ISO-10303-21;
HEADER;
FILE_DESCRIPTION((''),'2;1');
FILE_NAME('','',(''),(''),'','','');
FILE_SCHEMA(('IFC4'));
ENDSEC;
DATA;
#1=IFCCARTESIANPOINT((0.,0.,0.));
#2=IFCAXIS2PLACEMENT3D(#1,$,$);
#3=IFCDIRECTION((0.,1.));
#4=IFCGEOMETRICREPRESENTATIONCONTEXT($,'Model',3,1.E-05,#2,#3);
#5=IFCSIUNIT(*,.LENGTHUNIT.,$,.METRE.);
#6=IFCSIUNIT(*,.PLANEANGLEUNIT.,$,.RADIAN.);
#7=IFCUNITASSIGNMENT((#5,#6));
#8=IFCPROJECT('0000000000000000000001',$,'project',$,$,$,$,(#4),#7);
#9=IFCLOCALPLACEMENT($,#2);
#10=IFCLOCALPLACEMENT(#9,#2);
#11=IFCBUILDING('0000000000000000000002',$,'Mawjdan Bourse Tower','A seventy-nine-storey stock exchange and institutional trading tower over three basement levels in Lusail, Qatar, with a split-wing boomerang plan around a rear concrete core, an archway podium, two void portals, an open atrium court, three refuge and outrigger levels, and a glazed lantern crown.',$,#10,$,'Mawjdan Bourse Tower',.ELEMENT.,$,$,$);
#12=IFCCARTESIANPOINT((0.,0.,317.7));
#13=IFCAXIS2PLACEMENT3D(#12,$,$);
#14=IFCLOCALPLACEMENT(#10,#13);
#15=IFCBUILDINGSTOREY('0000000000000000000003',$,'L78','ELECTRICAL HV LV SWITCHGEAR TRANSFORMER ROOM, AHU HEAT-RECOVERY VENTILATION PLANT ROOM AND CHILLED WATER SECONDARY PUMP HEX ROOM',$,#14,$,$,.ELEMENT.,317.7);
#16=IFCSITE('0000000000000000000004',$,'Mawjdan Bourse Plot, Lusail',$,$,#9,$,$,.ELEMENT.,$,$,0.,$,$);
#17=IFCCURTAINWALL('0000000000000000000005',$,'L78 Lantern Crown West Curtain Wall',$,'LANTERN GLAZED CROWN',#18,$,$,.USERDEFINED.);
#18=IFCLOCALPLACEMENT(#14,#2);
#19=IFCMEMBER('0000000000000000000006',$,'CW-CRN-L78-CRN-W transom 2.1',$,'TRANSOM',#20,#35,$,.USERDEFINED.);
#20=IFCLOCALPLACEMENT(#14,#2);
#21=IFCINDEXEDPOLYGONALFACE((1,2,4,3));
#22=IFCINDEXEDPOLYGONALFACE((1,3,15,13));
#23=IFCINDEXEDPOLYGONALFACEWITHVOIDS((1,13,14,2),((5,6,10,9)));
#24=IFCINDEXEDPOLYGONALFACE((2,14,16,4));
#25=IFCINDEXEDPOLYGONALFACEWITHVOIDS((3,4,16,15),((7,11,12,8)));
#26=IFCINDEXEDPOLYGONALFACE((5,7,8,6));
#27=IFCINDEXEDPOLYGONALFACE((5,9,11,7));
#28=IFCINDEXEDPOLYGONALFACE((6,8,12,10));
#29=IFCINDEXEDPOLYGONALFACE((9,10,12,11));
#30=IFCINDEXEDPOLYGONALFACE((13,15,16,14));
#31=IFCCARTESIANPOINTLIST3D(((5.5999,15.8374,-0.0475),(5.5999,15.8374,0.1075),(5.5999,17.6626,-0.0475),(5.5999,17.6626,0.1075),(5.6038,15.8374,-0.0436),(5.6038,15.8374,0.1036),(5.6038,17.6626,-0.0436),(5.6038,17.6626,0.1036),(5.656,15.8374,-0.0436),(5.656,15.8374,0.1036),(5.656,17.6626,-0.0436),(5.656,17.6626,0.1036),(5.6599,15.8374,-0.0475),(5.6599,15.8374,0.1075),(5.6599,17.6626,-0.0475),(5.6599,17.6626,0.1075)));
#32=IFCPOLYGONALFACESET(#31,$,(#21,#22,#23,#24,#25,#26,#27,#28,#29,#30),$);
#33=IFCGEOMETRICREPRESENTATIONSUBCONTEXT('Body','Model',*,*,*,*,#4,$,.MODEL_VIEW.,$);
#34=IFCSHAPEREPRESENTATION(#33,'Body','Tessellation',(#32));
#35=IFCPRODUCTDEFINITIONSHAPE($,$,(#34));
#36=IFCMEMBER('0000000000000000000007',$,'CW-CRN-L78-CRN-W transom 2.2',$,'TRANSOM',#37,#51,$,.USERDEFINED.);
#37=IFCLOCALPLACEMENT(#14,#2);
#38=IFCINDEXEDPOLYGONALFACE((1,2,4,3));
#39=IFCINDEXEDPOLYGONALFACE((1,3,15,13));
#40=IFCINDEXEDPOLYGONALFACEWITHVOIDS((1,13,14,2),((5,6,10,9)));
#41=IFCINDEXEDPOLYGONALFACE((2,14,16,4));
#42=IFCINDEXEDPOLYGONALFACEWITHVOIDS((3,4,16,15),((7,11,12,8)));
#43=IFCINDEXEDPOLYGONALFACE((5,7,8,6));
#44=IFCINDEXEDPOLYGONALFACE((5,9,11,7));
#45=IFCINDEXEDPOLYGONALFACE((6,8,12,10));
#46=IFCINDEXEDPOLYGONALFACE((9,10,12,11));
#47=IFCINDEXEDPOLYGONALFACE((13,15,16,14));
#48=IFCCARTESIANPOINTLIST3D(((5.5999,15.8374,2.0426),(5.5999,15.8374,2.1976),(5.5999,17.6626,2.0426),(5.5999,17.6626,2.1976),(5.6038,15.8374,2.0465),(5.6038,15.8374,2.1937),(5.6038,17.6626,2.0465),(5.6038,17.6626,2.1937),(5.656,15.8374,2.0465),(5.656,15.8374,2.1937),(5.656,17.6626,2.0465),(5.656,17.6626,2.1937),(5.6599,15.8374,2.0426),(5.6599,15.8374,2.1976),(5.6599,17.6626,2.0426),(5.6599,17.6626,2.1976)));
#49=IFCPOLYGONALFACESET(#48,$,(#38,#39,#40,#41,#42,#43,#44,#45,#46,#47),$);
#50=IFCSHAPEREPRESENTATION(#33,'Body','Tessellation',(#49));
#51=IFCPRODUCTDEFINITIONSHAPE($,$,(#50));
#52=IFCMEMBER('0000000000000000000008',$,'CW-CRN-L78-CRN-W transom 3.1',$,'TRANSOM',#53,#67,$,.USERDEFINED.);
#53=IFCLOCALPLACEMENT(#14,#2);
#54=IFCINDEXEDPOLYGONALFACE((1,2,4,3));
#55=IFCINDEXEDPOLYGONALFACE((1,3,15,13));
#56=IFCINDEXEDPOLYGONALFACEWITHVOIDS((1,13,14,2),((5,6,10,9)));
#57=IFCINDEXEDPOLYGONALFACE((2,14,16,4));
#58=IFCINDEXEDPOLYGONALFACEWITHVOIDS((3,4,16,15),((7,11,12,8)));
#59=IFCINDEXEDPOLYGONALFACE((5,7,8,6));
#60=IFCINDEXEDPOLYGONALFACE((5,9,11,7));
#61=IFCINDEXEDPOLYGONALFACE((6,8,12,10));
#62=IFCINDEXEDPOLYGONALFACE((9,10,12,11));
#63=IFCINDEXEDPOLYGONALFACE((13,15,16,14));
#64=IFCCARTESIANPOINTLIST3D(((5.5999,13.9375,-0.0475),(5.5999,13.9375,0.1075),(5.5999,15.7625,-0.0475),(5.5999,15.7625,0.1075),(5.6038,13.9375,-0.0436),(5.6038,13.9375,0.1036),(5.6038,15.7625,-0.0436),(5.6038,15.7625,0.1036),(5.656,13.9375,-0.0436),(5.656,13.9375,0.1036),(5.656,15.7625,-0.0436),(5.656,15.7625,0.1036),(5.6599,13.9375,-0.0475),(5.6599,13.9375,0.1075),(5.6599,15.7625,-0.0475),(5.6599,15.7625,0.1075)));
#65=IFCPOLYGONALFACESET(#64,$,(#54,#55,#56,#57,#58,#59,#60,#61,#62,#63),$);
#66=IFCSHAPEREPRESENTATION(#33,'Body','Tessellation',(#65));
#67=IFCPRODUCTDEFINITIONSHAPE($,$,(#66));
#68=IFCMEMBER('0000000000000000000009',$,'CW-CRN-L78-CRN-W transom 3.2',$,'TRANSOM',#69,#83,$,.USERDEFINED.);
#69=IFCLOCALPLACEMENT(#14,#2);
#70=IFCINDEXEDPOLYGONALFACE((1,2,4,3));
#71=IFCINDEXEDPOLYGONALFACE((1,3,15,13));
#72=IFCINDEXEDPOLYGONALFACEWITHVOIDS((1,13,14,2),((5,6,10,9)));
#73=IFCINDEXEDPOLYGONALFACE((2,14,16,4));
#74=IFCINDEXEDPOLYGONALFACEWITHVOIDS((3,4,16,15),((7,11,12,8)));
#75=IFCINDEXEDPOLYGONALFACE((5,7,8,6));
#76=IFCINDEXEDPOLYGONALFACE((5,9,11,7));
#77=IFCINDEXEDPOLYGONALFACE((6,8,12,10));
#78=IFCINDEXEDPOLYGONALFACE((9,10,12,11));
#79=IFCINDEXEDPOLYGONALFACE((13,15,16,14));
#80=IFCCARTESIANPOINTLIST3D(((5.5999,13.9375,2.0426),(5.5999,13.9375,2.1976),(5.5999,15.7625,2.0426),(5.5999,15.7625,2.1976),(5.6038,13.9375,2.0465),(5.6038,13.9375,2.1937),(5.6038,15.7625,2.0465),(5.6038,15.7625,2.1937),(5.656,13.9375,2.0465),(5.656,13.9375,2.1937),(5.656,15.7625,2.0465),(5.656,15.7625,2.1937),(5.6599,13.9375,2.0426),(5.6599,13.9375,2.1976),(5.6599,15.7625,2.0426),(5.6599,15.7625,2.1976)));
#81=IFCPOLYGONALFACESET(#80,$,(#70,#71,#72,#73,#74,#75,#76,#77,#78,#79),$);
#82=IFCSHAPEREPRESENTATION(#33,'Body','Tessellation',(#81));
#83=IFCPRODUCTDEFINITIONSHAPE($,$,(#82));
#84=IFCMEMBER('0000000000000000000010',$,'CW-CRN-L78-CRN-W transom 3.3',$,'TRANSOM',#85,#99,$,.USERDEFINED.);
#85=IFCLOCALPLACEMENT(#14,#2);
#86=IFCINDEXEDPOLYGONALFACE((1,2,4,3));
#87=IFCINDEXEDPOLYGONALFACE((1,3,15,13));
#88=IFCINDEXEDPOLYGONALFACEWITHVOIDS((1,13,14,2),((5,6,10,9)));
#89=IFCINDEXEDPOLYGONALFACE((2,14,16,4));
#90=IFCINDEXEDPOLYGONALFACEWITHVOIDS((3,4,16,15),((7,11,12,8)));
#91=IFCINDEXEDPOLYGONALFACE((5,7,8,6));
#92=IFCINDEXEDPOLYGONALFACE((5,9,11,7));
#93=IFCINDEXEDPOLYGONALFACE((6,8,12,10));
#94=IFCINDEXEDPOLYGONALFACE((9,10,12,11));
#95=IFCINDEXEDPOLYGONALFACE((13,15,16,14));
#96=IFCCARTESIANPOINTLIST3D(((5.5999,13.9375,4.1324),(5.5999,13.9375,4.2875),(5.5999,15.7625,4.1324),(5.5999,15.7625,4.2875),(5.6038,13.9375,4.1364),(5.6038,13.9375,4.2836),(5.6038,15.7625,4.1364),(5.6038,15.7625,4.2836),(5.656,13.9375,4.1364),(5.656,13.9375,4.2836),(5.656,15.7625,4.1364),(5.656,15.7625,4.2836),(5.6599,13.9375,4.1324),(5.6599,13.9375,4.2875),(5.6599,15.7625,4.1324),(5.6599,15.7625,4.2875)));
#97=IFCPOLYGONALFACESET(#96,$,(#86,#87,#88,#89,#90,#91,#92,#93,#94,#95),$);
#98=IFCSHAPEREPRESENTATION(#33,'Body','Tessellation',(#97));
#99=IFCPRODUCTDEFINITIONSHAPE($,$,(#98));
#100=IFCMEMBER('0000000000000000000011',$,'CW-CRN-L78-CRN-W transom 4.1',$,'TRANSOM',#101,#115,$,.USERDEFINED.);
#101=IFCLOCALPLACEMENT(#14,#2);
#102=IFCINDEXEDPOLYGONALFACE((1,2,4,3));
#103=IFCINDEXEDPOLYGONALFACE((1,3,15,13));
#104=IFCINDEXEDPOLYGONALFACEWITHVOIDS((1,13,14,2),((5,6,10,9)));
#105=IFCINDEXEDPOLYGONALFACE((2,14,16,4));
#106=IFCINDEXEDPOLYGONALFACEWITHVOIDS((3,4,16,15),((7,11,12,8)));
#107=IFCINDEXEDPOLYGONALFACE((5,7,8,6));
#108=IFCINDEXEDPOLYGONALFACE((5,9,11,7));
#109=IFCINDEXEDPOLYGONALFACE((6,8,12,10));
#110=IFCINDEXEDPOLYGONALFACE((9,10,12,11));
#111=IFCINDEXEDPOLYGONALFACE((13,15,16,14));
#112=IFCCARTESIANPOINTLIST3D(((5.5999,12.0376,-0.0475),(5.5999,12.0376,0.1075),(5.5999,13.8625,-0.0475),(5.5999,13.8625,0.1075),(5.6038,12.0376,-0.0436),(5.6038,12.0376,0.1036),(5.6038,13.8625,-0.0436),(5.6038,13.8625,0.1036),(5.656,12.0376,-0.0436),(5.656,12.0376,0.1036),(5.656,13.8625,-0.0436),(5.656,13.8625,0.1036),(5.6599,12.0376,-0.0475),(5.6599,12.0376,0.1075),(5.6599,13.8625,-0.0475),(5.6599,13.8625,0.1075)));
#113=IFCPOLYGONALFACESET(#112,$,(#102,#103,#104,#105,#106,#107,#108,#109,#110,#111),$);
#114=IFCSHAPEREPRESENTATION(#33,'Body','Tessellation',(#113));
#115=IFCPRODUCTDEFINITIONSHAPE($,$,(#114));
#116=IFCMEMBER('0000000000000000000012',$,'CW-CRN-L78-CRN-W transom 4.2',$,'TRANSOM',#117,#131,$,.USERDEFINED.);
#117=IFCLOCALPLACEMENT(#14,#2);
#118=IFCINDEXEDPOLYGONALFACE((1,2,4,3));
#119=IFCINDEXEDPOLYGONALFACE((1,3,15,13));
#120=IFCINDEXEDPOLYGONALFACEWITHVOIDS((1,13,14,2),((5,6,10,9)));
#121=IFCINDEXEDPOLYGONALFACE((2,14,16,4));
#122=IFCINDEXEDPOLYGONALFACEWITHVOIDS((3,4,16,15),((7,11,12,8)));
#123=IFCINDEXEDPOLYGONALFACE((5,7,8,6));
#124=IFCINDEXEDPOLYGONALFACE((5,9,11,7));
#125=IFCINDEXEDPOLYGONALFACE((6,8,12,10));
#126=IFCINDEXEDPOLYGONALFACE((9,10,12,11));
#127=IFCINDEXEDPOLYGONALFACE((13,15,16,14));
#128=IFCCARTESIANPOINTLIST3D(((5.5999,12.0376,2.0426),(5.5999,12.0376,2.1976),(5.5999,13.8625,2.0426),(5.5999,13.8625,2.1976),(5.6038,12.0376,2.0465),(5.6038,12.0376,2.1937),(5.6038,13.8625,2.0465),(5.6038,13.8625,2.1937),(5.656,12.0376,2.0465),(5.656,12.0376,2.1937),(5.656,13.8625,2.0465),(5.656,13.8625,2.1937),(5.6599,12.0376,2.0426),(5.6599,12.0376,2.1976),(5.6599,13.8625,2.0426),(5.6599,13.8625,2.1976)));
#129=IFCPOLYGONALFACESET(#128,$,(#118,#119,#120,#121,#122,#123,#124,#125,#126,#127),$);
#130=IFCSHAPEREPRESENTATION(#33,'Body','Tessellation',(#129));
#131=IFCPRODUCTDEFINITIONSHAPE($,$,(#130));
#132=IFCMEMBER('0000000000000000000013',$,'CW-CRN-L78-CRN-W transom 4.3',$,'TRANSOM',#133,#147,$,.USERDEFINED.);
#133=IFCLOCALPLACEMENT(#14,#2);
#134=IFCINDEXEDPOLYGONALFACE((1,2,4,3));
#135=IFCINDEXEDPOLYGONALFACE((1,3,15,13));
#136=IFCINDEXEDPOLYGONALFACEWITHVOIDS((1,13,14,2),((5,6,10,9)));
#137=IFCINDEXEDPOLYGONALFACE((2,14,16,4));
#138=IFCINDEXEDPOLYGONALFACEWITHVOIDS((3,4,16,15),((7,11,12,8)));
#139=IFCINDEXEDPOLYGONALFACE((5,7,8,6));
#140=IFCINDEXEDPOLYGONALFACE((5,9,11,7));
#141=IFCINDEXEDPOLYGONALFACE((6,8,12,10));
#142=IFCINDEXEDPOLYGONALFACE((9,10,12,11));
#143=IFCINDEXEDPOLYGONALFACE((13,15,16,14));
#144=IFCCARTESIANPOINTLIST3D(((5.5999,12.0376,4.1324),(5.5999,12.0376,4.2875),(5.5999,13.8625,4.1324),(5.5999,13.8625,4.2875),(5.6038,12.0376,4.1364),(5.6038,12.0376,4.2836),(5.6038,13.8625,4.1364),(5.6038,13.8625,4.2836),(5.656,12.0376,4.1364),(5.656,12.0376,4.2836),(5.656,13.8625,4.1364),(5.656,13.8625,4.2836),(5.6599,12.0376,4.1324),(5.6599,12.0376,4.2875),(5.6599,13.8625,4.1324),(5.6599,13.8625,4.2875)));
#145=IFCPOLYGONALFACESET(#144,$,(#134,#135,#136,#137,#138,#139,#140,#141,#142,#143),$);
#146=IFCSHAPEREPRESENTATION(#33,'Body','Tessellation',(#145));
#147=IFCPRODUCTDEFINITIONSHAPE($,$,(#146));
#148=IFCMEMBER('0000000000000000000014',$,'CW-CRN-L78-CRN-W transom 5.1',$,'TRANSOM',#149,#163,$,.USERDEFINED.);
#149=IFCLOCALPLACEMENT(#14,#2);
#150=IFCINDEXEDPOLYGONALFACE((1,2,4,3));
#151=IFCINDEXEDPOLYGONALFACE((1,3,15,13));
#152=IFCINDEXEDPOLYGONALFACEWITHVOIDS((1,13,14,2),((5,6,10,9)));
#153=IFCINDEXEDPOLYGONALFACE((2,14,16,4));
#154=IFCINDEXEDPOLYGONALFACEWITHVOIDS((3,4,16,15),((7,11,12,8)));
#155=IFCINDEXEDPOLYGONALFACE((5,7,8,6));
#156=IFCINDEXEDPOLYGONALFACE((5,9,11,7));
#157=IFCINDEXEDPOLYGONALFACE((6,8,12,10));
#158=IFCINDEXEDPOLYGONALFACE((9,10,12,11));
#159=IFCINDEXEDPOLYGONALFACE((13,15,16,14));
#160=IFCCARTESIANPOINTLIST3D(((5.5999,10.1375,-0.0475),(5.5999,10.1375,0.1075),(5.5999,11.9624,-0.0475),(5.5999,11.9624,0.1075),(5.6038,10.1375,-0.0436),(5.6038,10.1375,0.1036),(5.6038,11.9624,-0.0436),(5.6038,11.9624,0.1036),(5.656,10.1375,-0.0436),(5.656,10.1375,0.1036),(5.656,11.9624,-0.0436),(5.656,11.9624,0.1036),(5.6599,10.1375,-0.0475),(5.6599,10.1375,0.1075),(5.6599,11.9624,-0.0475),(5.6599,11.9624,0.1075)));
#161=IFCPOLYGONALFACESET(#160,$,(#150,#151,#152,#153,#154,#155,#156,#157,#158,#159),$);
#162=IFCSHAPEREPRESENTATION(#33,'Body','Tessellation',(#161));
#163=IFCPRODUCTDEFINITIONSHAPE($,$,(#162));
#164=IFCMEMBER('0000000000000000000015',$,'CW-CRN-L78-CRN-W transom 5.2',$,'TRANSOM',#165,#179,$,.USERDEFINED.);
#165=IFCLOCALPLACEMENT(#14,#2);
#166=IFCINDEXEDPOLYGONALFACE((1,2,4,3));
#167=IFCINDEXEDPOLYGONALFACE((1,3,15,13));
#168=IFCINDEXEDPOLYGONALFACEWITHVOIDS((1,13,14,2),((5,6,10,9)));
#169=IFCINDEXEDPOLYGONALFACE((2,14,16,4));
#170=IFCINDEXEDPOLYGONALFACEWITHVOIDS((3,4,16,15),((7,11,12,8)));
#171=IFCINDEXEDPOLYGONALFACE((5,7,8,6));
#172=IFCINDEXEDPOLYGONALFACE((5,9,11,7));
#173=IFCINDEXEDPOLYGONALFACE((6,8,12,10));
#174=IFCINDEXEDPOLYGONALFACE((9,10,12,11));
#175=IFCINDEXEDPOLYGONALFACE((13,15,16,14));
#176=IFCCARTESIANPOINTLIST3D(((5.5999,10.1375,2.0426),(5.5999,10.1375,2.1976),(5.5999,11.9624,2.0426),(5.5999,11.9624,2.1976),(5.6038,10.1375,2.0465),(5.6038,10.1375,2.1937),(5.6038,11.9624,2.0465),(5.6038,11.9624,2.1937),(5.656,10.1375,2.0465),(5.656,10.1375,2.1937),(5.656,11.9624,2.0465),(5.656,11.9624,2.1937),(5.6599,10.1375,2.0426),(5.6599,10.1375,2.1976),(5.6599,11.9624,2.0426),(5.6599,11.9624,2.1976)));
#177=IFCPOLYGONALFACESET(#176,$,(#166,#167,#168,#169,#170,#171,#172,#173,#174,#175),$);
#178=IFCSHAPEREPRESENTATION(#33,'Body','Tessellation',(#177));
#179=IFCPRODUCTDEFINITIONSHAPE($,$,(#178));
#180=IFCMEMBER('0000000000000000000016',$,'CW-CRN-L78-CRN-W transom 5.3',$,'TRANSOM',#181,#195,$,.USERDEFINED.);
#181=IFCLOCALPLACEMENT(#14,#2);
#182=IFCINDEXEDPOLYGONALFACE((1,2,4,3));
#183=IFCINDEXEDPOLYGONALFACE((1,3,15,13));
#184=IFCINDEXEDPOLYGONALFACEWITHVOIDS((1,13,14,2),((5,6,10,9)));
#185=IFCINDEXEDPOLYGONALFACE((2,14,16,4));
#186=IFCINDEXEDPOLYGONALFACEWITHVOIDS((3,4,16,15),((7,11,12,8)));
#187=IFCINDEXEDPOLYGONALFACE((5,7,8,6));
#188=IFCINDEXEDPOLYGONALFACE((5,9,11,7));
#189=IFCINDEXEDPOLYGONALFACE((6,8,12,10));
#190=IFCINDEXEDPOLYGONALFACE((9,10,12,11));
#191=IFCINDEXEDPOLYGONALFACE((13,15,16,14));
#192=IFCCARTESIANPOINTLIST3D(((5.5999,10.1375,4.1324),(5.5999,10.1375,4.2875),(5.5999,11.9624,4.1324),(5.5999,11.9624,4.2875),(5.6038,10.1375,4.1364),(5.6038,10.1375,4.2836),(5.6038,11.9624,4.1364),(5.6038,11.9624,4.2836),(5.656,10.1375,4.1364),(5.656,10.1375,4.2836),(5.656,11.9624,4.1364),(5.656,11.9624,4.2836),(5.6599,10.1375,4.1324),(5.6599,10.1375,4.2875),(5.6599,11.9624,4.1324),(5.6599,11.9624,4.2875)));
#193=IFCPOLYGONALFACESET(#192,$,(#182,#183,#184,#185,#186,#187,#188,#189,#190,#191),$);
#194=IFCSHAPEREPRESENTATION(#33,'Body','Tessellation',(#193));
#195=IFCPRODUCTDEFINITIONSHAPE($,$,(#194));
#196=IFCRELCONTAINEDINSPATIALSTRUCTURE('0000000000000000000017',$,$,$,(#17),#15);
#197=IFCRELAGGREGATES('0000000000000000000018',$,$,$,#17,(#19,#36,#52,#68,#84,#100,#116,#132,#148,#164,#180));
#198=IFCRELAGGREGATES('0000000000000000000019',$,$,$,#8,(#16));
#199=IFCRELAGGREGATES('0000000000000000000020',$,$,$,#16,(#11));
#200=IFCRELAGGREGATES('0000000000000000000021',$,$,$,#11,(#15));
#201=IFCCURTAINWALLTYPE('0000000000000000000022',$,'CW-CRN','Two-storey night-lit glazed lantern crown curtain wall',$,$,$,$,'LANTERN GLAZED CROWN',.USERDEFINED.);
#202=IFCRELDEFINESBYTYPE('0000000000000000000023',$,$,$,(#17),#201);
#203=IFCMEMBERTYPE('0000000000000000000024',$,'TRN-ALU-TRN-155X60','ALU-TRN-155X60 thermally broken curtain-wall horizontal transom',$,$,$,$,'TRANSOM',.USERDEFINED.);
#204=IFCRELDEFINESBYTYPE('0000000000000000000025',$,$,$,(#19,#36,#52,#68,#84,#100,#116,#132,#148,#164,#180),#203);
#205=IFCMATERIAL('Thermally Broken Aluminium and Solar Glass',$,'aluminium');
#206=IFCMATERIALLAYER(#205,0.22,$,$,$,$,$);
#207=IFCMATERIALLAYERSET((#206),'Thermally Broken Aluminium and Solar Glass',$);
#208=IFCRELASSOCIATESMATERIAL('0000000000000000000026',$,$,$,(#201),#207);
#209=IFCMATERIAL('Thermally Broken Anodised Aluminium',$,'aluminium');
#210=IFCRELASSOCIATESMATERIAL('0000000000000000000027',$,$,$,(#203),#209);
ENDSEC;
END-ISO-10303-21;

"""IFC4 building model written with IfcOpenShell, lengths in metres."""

from ifc_helpers import new_model, si_unit, direction, frame, origin, origin_2d, place, context, subcontext, project, spatial, hollow_rectangle, extrude, material, layer, layer_set, material_profile, profile_set, type_object, element, aggregate, save


model = new_model("IFC4")

# Units and contexts
model_context = context("Model", 3, precision=1e-05, world=origin(), true_north=direction((0.0, 1.0)))
body_context = subcontext(model_context, "Body", "Model", "MODEL_VIEW")
ifc_project = project(units=[si_unit("LENGTHUNIT", "METRE"), si_unit("PLANEANGLEUNIT", "RADIAN")], contexts=[model_context])

# Site, building, storey
site_placement = place(None, origin())
site = spatial("IfcSite", under=ifc_project, at=site_placement, Name="Mawjdan Bourse Plot, Lusail", CompositionType="ELEMENT", RefElevation=0.0)
building_placement = place(site_placement, origin())
building = spatial("IfcBuilding", under=site, at=building_placement, Name="Mawjdan Bourse Tower", Description="A seventy-nine-storey stock exchange and institutional trading tower over three basement levels in Lusail, Qatar, with a split-wing boomerang plan around a rear concrete core, an archway podium, two void portals, an open atrium court, three refuge and outrigger levels, and a glazed lantern crown.", LongName="Mawjdan Bourse Tower", CompositionType="ELEMENT")
storey_placement = place(building_placement, frame((0.0, 0.0, 317.7)))
storey = spatial("IfcBuildingStorey", under=building, at=storey_placement, Name="L78", Description="ELECTRICAL HV LV SWITCHGEAR TRANSFORMER ROOM, AHU HEAT-RECOVERY VENTILATION PLANT ROOM AND CHILLED WATER SECONDARY PUMP HEX ROOM", CompositionType="ELEMENT", Elevation=317.7)

# Curtain wall, members
ifc_material_1 = material(Name="Thermally Broken Aluminium and Solar Glass", Category="aluminium")
ifc_layer_1 = layer(ifc_material_1, 0.22)
ifc_layer_set_1 = layer_set([ifc_layer_1], Name="Thermally Broken Aluminium and Solar Glass")
curtain_wall_type = type_object("IfcCurtainWallType", Name="CW-CRN", Description="Two-storey night-lit glazed lantern crown curtain wall", ElementType="LANTERN GLAZED CROWN", PredefinedType="USERDEFINED", material=ifc_layer_set_1)
curtain_wall_placement = place(storey_placement, origin())
curtain_wall = element("IfcCurtainWall", 1, at=curtain_wall_placement, inside=storey, type_object=curtain_wall_type, Name="L78 Lantern Crown West Curtain Wall", ObjectType="LANTERN GLAZED CROWN", PredefinedType="USERDEFINED")
ifc_material_2 = material(Name="Thermally Broken Anodised Aluminium", Category="aluminium")
ifc_material_profile_1 = material_profile(ifc_material_2, hollow_rectangle(XDim=0.0601, YDim=0.155, WallThickness=0.0039, at=origin_2d()), Name="ALU-TRN-155X60")
ifc_profile_set_1 = profile_set([ifc_material_profile_1], Name="Thermally Broken Anodised Aluminium")
member_type_1 = type_object("IfcMemberType", Name="TRN-ALU-TRN-155X60", Description="ALU-TRN-155X60 thermally broken curtain-wall horizontal transom", ElementType="TRANSOM", PredefinedType="USERDEFINED", material=ifc_profile_set_1)
member_1_placement = place(storey_placement, frame((5.6299, 17.6626, 0.03), z_axis=(0.0, -1.0, 0.0), x_axis=(1.0, 0.0, 0.0)))
member_1 = element("IfcMember", 2, at=member_1_placement, type_object=member_type_1, Name="CW-CRN-L78-CRN-W transom 2.1", ObjectType="TRANSOM", PredefinedType="USERDEFINED", context=body_context, shape_type="SweptSolid", body=[
    extrude(hollow_rectangle(XDim=0.0601, YDim=0.155, WallThickness=0.0039, at=origin_2d()), origin(), (0.0, 0.0, 1.0), 1.8252),
])
member_2_placement = place(storey_placement, frame((5.6299, 17.6626, 2.1201), z_axis=(0.0, -1.0, 0.0), x_axis=(1.0, 0.0, 0.0)))
member_2 = element("IfcMember", 3, at=member_2_placement, type_object=member_type_1, Name="CW-CRN-L78-CRN-W transom 2.2", ObjectType="TRANSOM", PredefinedType="USERDEFINED", context=body_context, shape_type="SweptSolid", body=[
    extrude(hollow_rectangle(XDim=0.0601, YDim=0.155, WallThickness=0.0039, at=origin_2d()), origin(), (0.0, 0.0, 1.0), 1.8252),
])
member_3_placement = place(storey_placement, frame((5.6299, 15.7625, 0.03), z_axis=(0.0, -1.0, 0.0), x_axis=(1.0, 0.0, 0.0)))
member_3 = element("IfcMember", 4, at=member_3_placement, type_object=member_type_1, Name="CW-CRN-L78-CRN-W transom 3.1", ObjectType="TRANSOM", PredefinedType="USERDEFINED", context=body_context, shape_type="SweptSolid", body=[
    extrude(hollow_rectangle(XDim=0.0601, YDim=0.155, WallThickness=0.0039, at=origin_2d()), origin(), (0.0, 0.0, 1.0), 1.825),
])
member_4_placement = place(storey_placement, frame((5.6299, 15.7625, 2.1201), z_axis=(0.0, -1.0, 0.0), x_axis=(1.0, 0.0, 0.0)))
member_4 = element("IfcMember", 5, at=member_4_placement, type_object=member_type_1, Name="CW-CRN-L78-CRN-W transom 3.2", ObjectType="TRANSOM", PredefinedType="USERDEFINED", context=body_context, shape_type="SweptSolid", body=[
    extrude(hollow_rectangle(XDim=0.0601, YDim=0.155, WallThickness=0.0039, at=origin_2d()), origin(), (0.0, 0.0, 1.0), 1.825),
])
member_5_placement = place(storey_placement, frame((5.6299, 15.7625, 4.21), z_axis=(0.0, -1.0, 0.0), x_axis=(1.0, 0.0, 0.0)))
member_5 = element("IfcMember", 6, at=member_5_placement, type_object=member_type_1, Name="CW-CRN-L78-CRN-W transom 3.3", ObjectType="TRANSOM", PredefinedType="USERDEFINED", context=body_context, shape_type="SweptSolid", body=[
    extrude(hollow_rectangle(XDim=0.0601, YDim=0.155, WallThickness=0.0039, at=origin_2d()), origin(), (0.0, 0.0, 1.0), 1.825),
])
member_6_placement = place(storey_placement, frame((5.6299, 13.8625, 0.03), z_axis=(0.0, -1.0, 0.0), x_axis=(1.0, 0.0, 0.0)))
member_6 = element("IfcMember", 7, at=member_6_placement, type_object=member_type_1, Name="CW-CRN-L78-CRN-W transom 4.1", ObjectType="TRANSOM", PredefinedType="USERDEFINED", context=body_context, shape_type="SweptSolid", body=[
    extrude(hollow_rectangle(XDim=0.0601, YDim=0.155, WallThickness=0.0039, at=origin_2d()), origin(), (0.0, 0.0, 1.0), 1.825),
])
member_7_placement = place(storey_placement, frame((5.6299, 13.8625, 2.1201), z_axis=(0.0, -1.0, 0.0), x_axis=(1.0, 0.0, 0.0)))
member_7 = element("IfcMember", 8, at=member_7_placement, type_object=member_type_1, Name="CW-CRN-L78-CRN-W transom 4.2", ObjectType="TRANSOM", PredefinedType="USERDEFINED", context=body_context, shape_type="SweptSolid", body=[
    extrude(hollow_rectangle(XDim=0.0601, YDim=0.155, WallThickness=0.0039, at=origin_2d()), origin(), (0.0, 0.0, 1.0), 1.825),
])
member_8_placement = place(storey_placement, frame((5.6299, 13.8625, 4.21), z_axis=(0.0, -1.0, 0.0), x_axis=(1.0, 0.0, 0.0)))
member_8 = element("IfcMember", 9, at=member_8_placement, type_object=member_type_1, Name="CW-CRN-L78-CRN-W transom 4.3", ObjectType="TRANSOM", PredefinedType="USERDEFINED", context=body_context, shape_type="SweptSolid", body=[
    extrude(hollow_rectangle(XDim=0.0601, YDim=0.155, WallThickness=0.0039, at=origin_2d()), origin(), (0.0, 0.0, 1.0), 1.825),
])
member_9_placement = place(storey_placement, frame((5.6299, 11.9624, 0.03), z_axis=(0.0, -1.0, 0.0), x_axis=(1.0, 0.0, 0.0)))
member_9 = element("IfcMember", 10, at=member_9_placement, type_object=member_type_1, Name="CW-CRN-L78-CRN-W transom 5.1", ObjectType="TRANSOM", PredefinedType="USERDEFINED", context=body_context, shape_type="SweptSolid", body=[
    extrude(hollow_rectangle(XDim=0.0601, YDim=0.155, WallThickness=0.0039, at=origin_2d()), origin(), (0.0, 0.0, 1.0), 1.825),
])
member_10_placement = place(storey_placement, frame((5.6299, 11.9624, 2.1201), z_axis=(0.0, -1.0, 0.0), x_axis=(1.0, 0.0, 0.0)))
member_10 = element("IfcMember", 11, at=member_10_placement, type_object=member_type_1, Name="CW-CRN-L78-CRN-W transom 5.2", ObjectType="TRANSOM", PredefinedType="USERDEFINED", context=body_context, shape_type="SweptSolid", body=[
    extrude(hollow_rectangle(XDim=0.0601, YDim=0.155, WallThickness=0.0039, at=origin_2d()), origin(), (0.0, 0.0, 1.0), 1.825),
])
member_11_placement = place(storey_placement, frame((5.6299, 11.9624, 4.21), z_axis=(0.0, -1.0, 0.0), x_axis=(1.0, 0.0, 0.0)))
member_11 = element("IfcMember", 12, at=member_11_placement, type_object=member_type_1, Name="CW-CRN-L78-CRN-W transom 5.3", ObjectType="TRANSOM", PredefinedType="USERDEFINED", context=body_context, shape_type="SweptSolid", body=[
    extrude(hollow_rectangle(XDim=0.0601, YDim=0.155, WallThickness=0.0039, at=origin_2d()), origin(), (0.0, 0.0, 1.0), 1.825),
])
aggregate(curtain_wall, [member_1, member_2, member_3, member_4, member_5, member_6, member_7, member_8, member_9, member_10, member_11])

save(model, "model.ifc")
